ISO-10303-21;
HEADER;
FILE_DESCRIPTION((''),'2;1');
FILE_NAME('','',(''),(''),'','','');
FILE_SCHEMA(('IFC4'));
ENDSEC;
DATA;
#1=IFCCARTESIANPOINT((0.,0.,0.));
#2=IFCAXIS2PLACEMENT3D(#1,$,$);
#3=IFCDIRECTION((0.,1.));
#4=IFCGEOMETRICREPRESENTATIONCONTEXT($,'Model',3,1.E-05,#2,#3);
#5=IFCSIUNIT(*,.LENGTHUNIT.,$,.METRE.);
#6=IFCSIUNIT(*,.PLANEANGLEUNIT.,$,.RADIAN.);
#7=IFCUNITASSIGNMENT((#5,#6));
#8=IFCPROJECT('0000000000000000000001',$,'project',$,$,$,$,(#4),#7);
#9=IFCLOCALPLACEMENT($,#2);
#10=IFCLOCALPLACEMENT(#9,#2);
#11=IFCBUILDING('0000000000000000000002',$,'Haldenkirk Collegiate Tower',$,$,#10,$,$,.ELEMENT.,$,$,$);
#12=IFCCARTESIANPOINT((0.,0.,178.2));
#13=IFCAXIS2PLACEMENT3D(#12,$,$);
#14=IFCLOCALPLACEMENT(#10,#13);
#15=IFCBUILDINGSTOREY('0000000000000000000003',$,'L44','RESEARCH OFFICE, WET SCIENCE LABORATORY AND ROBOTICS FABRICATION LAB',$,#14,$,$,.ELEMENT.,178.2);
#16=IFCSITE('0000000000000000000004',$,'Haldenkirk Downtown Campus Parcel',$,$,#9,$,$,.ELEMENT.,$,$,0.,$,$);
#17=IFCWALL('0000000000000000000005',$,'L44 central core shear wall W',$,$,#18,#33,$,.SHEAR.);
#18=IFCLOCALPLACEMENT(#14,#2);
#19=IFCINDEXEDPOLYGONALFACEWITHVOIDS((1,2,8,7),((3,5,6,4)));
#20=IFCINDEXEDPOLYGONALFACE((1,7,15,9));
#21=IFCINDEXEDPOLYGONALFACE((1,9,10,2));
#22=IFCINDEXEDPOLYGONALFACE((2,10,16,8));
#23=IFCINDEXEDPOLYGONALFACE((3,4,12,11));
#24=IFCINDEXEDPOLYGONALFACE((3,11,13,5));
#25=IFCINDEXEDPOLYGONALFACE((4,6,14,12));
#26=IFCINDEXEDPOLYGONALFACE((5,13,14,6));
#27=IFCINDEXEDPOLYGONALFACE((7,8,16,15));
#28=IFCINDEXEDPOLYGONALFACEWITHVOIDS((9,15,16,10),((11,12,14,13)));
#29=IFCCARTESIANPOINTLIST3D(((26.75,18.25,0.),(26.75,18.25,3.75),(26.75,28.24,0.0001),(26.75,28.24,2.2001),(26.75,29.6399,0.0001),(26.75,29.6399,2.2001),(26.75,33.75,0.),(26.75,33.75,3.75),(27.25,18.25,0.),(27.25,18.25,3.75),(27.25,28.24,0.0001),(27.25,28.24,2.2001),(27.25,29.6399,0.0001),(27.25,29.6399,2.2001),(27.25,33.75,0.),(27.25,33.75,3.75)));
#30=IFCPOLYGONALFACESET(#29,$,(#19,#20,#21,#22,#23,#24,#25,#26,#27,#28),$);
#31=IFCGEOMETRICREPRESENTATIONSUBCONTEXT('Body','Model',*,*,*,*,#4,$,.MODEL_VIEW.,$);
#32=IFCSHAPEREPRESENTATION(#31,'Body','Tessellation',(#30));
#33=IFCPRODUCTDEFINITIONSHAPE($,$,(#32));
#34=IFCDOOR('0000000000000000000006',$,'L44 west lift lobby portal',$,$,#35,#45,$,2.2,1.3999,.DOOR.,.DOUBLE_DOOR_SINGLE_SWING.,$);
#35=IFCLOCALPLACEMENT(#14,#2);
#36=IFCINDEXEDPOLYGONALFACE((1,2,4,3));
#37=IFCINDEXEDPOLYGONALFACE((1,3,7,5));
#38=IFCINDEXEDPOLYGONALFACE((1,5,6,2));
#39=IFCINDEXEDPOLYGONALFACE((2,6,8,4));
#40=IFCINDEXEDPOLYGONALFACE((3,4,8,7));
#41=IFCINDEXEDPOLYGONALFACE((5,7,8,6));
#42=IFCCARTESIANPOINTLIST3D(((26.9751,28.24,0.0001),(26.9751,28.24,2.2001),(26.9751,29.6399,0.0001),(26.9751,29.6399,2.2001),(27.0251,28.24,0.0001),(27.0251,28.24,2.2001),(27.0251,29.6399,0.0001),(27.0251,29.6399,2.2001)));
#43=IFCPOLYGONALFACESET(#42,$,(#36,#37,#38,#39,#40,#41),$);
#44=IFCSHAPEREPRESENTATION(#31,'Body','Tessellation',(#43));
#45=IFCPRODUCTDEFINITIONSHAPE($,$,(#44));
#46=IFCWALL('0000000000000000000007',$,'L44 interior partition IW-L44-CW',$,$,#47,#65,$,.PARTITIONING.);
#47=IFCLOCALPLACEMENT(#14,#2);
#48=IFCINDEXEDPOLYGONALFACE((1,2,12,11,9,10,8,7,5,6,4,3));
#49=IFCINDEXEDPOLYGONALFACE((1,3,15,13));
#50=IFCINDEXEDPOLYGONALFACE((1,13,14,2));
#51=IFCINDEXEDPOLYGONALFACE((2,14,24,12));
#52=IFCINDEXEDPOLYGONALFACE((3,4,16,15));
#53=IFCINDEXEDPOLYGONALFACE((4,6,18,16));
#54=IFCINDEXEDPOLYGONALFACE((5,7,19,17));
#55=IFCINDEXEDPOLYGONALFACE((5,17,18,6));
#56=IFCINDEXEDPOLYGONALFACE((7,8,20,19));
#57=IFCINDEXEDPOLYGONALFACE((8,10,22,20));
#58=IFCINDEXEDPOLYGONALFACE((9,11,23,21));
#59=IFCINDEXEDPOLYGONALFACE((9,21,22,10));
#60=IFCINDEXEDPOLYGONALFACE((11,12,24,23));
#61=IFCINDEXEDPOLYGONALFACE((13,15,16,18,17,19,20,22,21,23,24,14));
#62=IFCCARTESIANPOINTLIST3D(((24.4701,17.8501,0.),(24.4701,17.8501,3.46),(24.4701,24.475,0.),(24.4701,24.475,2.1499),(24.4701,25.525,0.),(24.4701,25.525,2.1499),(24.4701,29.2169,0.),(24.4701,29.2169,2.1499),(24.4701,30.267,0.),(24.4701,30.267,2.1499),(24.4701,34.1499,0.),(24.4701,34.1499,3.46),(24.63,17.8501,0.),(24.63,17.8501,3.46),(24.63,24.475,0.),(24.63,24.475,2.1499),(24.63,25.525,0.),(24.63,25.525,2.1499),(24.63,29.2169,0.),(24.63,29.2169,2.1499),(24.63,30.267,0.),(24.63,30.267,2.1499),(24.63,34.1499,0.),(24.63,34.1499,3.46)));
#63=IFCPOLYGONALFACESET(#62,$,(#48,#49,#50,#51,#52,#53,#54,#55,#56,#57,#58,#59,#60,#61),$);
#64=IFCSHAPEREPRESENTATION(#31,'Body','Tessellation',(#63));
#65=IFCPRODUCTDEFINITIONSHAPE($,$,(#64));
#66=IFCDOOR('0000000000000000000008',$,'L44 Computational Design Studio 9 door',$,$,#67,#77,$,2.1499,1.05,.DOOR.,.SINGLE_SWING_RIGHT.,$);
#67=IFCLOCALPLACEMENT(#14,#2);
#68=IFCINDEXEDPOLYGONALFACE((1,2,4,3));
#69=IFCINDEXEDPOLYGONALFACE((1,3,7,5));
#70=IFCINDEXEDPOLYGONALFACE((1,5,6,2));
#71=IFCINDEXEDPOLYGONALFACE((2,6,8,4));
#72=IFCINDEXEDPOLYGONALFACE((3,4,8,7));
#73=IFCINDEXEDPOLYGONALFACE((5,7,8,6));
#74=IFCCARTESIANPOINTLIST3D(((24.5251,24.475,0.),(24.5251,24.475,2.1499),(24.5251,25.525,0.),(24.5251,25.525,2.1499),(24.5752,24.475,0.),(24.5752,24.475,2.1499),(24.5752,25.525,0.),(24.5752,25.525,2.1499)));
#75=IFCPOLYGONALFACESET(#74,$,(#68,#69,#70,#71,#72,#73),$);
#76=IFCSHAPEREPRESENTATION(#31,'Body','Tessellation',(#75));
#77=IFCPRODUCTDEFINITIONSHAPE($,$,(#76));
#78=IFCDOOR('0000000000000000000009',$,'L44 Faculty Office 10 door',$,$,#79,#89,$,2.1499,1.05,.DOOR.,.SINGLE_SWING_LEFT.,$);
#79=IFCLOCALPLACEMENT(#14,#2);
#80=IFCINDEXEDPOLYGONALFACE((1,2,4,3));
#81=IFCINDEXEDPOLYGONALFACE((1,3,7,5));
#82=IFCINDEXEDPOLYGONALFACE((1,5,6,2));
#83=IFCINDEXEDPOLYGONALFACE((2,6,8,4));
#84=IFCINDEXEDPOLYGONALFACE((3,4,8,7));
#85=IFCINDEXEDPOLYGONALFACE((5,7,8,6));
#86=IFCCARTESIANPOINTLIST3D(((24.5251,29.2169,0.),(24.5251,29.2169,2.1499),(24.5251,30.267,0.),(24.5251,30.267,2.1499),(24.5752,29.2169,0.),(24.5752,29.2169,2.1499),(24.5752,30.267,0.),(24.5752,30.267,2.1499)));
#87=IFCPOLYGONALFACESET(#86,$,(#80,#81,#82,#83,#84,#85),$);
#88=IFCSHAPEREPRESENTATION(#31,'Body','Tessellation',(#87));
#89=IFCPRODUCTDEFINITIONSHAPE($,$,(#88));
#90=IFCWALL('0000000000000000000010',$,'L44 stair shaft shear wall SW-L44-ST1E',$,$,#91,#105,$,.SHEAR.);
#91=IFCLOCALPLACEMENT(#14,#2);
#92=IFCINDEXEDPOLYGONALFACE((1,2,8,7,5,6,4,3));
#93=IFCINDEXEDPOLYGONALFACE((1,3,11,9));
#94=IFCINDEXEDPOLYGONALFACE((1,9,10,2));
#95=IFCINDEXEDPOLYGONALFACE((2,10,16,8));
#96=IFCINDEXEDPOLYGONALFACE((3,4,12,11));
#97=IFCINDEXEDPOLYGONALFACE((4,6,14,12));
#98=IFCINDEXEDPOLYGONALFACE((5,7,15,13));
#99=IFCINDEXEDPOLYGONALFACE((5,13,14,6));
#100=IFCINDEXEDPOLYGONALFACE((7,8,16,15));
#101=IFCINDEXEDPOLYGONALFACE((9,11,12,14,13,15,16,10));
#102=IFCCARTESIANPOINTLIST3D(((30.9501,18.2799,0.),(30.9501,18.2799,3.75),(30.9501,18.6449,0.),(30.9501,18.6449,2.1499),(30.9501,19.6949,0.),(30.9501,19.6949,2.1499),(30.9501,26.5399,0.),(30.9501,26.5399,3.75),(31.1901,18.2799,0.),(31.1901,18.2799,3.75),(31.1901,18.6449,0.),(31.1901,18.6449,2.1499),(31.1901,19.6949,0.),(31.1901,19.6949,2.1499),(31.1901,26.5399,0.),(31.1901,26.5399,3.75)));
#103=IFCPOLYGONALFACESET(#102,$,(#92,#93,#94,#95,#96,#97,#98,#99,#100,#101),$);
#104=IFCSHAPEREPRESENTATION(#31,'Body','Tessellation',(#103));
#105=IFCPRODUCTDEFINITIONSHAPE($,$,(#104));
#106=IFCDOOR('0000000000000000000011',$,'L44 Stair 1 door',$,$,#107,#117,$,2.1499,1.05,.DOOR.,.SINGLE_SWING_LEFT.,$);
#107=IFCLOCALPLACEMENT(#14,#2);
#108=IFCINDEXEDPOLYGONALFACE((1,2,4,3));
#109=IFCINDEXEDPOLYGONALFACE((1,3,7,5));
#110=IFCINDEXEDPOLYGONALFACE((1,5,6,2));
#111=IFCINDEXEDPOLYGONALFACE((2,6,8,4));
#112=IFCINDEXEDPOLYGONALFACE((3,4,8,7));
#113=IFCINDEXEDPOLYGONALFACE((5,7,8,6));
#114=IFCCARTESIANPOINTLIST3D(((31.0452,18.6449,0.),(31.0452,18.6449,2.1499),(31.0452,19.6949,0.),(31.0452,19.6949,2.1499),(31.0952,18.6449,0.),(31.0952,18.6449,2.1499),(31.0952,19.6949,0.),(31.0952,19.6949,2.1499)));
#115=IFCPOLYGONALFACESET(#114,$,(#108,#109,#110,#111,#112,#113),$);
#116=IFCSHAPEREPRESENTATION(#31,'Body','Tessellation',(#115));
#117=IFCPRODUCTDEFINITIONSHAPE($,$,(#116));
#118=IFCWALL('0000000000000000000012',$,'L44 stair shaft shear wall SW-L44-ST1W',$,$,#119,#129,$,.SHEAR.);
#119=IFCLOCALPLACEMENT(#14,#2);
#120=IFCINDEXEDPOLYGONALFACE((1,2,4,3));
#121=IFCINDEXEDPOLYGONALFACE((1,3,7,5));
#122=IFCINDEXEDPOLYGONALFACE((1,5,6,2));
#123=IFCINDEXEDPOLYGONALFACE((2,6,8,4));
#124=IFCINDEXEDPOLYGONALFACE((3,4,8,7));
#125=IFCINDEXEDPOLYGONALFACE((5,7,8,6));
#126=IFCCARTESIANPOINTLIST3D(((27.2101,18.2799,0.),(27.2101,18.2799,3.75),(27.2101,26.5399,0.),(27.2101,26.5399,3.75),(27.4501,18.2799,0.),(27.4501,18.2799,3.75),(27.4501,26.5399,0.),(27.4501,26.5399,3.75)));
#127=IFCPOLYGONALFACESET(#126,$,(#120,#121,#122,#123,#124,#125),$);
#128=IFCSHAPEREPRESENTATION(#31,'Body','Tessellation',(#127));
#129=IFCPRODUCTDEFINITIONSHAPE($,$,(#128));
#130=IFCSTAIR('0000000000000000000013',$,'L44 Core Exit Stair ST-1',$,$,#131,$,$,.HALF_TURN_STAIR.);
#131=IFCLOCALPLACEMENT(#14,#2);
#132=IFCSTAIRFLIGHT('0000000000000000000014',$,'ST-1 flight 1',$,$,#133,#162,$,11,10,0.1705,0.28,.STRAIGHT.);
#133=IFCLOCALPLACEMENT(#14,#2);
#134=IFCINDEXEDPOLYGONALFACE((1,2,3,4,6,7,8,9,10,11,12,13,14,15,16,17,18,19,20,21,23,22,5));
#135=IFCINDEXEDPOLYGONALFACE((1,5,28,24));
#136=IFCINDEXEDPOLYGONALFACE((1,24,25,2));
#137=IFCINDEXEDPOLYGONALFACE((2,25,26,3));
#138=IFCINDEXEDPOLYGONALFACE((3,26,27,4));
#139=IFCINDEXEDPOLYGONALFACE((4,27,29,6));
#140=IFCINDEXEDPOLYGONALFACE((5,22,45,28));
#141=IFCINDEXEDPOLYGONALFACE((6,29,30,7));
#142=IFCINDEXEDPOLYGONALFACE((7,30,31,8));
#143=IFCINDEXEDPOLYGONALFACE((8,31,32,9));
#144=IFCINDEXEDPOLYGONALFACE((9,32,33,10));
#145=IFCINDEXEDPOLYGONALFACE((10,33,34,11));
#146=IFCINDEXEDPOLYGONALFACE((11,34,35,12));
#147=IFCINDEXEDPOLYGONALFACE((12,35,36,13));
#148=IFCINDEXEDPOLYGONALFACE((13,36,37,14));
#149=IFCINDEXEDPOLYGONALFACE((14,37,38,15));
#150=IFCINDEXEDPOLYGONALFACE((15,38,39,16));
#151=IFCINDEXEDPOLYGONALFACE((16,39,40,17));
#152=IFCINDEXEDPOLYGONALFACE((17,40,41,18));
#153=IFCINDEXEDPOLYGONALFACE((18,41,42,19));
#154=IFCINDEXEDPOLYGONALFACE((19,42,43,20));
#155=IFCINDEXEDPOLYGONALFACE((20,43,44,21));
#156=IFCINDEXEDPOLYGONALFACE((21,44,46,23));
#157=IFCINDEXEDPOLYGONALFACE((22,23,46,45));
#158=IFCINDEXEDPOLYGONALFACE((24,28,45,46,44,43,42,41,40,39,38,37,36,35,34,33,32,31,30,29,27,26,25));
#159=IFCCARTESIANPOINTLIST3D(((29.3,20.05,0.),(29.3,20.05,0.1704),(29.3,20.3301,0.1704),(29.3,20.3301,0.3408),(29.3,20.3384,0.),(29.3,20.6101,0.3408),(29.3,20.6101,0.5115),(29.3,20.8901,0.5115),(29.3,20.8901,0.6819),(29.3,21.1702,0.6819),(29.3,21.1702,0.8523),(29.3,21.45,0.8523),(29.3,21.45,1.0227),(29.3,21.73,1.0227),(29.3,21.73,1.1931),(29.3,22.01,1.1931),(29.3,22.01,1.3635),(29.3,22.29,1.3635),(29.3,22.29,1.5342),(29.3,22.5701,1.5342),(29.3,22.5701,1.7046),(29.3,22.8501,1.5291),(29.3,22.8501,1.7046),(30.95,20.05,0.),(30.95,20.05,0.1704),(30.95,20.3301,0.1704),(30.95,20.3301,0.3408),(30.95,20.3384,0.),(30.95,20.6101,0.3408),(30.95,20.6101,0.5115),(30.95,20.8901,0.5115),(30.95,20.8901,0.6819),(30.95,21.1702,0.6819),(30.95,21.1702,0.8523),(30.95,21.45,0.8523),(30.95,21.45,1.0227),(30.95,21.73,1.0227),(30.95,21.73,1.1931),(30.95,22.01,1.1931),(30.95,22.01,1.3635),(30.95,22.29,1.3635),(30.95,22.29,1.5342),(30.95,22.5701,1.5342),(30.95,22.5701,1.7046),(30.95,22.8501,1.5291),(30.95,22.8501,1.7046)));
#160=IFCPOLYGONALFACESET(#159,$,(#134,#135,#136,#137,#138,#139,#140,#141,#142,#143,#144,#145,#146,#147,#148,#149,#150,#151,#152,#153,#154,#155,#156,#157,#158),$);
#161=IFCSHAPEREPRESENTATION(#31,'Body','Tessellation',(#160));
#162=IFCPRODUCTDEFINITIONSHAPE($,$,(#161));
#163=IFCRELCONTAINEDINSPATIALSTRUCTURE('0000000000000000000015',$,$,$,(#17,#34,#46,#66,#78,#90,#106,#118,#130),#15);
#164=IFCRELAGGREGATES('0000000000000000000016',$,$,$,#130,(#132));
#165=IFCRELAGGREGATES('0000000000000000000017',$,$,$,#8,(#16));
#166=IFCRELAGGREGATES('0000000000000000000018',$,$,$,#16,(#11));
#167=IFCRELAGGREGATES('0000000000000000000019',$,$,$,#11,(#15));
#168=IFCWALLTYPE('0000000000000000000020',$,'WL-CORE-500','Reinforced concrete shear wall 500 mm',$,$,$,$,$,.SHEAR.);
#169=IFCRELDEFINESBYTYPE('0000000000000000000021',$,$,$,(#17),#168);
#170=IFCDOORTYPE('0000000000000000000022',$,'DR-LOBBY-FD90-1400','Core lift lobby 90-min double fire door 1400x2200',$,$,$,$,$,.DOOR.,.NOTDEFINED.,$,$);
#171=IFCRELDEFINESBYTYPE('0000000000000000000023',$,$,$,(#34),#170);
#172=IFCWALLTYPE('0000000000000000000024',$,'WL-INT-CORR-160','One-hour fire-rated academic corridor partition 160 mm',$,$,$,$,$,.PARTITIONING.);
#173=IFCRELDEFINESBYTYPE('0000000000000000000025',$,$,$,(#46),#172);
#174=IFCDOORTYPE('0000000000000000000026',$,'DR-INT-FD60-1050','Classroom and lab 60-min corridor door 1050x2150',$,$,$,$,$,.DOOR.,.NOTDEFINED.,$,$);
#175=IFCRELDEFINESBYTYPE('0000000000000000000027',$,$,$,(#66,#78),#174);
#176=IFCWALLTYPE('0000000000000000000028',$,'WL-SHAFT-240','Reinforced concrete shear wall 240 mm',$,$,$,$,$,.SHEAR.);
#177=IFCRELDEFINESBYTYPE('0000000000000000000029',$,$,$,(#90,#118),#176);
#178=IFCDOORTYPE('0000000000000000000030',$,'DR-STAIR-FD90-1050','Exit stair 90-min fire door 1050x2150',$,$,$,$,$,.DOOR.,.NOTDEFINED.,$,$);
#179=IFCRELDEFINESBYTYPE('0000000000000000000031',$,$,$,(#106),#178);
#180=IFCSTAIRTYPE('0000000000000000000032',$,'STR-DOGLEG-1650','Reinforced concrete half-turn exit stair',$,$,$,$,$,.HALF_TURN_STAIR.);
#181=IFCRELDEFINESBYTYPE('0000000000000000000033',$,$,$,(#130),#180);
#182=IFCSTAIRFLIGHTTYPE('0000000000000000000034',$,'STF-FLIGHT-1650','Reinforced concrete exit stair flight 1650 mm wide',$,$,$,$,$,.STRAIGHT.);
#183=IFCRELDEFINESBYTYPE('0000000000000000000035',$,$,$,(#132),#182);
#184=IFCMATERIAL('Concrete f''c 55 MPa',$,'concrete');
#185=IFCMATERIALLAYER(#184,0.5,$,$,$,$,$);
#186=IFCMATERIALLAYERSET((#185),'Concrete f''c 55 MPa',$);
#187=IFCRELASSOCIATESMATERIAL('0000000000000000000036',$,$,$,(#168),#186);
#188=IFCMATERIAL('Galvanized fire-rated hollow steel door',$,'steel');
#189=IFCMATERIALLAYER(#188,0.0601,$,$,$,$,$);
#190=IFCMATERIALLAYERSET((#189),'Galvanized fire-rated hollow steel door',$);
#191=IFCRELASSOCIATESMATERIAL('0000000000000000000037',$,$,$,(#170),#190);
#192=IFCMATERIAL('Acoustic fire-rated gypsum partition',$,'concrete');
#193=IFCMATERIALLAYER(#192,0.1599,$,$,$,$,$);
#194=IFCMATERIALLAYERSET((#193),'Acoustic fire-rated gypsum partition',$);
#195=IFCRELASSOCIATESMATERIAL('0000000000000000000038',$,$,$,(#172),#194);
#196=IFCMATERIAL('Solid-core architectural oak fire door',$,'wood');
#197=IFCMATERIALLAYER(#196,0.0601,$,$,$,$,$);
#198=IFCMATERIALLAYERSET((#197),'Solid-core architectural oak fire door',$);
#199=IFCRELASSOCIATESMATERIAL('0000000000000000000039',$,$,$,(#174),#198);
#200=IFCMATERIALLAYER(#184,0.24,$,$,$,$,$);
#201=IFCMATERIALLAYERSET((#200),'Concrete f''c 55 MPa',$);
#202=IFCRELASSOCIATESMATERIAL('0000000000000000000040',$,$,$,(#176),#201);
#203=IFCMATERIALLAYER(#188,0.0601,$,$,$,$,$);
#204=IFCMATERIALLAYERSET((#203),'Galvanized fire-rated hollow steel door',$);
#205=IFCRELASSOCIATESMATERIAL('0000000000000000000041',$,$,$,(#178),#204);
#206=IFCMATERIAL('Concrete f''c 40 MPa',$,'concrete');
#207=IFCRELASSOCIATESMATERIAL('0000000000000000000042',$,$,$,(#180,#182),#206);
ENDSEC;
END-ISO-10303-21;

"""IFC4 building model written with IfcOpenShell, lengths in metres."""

from ifc_helpers import new_model, si_unit, direction, frame, frame_2d, origin, place, context, subcontext, project, spatial, polyline, rectangle, outline, extrude, material, layer, layer_set, type_object, element, fill, aggregate, save


model = new_model("IFC4")

# Units and contexts
model_context = context("Model", 3, precision=1e-05, world=origin(), true_north=direction((0.0, 1.0)))
body_context = subcontext(model_context, "Body", "Model", "MODEL_VIEW")
ifc_project = project(units=[si_unit("LENGTHUNIT", "METRE"), si_unit("PLANEANGLEUNIT", "RADIAN")], contexts=[model_context])

# Site, building, storey
site_placement = place(None, origin())
site = spatial("IfcSite", under=ifc_project, at=site_placement, Name="Haldenkirk Downtown Campus Parcel", CompositionType="ELEMENT", RefElevation=0.0)
building_placement = place(site_placement, origin())
building = spatial("IfcBuilding", under=site, at=building_placement, Name="Haldenkirk Collegiate Tower", CompositionType="ELEMENT")
storey_placement = place(building_placement, frame((0.0, 0.0, 178.2)))
storey = spatial("IfcBuildingStorey", under=building, at=storey_placement, Name="L44", Description="RESEARCH OFFICE, WET SCIENCE LABORATORY AND ROBOTICS FABRICATION LAB", CompositionType="ELEMENT", Elevation=178.2)

# Shared definitions
ifc_material_1 = material(Name="Concrete f'c 55 MPa", Category="concrete")
ifc_layer_1 = layer(ifc_material_1, 0.5)
ifc_layer_set_1 = layer_set([ifc_layer_1], Name="Concrete f'c 55 MPa")
wall_type_1 = type_object("IfcWallType", Name="WL-CORE-500", Description="Reinforced concrete shear wall 500 mm", PredefinedType="SHEAR", material=ifc_layer_set_1)
ifc_material_2 = material(Name="Galvanized fire-rated hollow steel door", Category="steel")

# Wall, opening, door
wall_1_placement = place(storey_placement, frame((27.0, 18.25, 0.0), z_axis=(0.0, 0.0, 1.0), x_axis=(0.0, 1.0, 0.0)))
wall_1 = element("IfcWall", 1, at=wall_1_placement, inside=storey, type_object=wall_type_1, Name="L44 central core shear wall W", PredefinedType="SHEAR", context=body_context, shape_type="SweptSolid", body=[
    extrude(rectangle(XDim=15.5, YDim=0.5, at=frame_2d((7.75, 0.0))), origin(), (0.0, 0.0, 1.0), 3.75),
])
opening_1_placement = place(wall_1_placement, frame((9.99, 0.0, 0.0)))
opening_1 = element("IfcOpeningElement", 2, at=opening_1_placement, cuts=wall_1, PredefinedType="OPENING", context=body_context, shape_type="SweptSolid", body=[
    extrude(rectangle(XDim=1.3999, YDim=2.2, at=frame_2d((0.7, 1.1001))), frame((0.0, 0.26, 0.0), z_axis=(0.0, -1.0, 0.0), x_axis=(1.0, 0.0, 0.0)), (0.0, 0.0, 1.0), 0.52),
])
ifc_layer_2 = layer(ifc_material_2, 0.0601)
ifc_layer_set_2 = layer_set([ifc_layer_2], Name="Galvanized fire-rated hollow steel door")
door_type_1 = type_object("IfcDoorType", Name="DR-LOBBY-FD90-1400", Description="Core lift lobby 90-min double fire door 1400x2200", OperationType="NOTDEFINED", PredefinedType="DOOR", material=ifc_layer_set_2)
door_1_placement = place(opening_1_placement, origin())
door_1 = element("IfcDoor", 3, at=door_1_placement, inside=storey, type_object=door_type_1, Name="L44 west lift lobby portal", OperationType="DOUBLE_DOOR_SINGLE_SWING", OverallHeight=2.2, OverallWidth=1.3999, PredefinedType="DOOR", context=body_context, shape_type="SweptSolid", body=[
    extrude(rectangle(XDim=1.3999, YDim=2.2, at=frame_2d((0.7, 1.1001))), frame((0.0, 0.0249, 0.0), z_axis=(0.0, -1.0, 0.0), x_axis=(1.0, 0.0, 0.0)), (0.0, 0.0, 1.0), 0.05),
])
fill(opening_1, door_1)

# Wall, openings, doors
ifc_material_3 = material(Name="Acoustic fire-rated gypsum partition", Category="concrete")
ifc_layer_3 = layer(ifc_material_3, 0.1599)
ifc_layer_set_3 = layer_set([ifc_layer_3], Name="Acoustic fire-rated gypsum partition")
wall_type_2 = type_object("IfcWallType", Name="WL-INT-CORR-160", Description="One-hour fire-rated academic corridor partition 160 mm", PredefinedType="PARTITIONING", material=ifc_layer_set_3)
wall_2_placement = place(storey_placement, frame((24.55, 17.8501, 0.0), z_axis=(0.0, 0.0, 1.0), x_axis=(0.0, 1.0, 0.0)))
wall_2 = element("IfcWall", 4, at=wall_2_placement, inside=storey, type_object=wall_type_2, Name="L44 interior partition IW-L44-CW", PredefinedType="PARTITIONING", context=body_context, shape_type="SweptSolid", body=[
    extrude(rectangle(XDim=16.2998, YDim=0.1599, at=frame_2d((8.1499, 0.0))), origin(), (0.0, 0.0, 1.0), 3.46),
])
opening_2_placement = place(wall_2_placement, frame((6.625, 0.0, 0.0)))
opening_2 = element("IfcOpeningElement", 5, at=opening_2_placement, cuts=wall_2, PredefinedType="OPENING", context=body_context, shape_type="SweptSolid", body=[
    extrude(rectangle(XDim=1.05, YDim=2.1499, at=frame_2d((0.5249, 1.075))), frame((0.0, 0.0898, 0.0), z_axis=(0.0, -1.0, 0.0), x_axis=(1.0, 0.0, 0.0)), (0.0, 0.0, 1.0), 0.1799),
])
opening_3_placement = place(wall_2_placement, frame((11.3669, 0.0, 0.0)))
opening_3 = element("IfcOpeningElement", 6, at=opening_3_placement, cuts=wall_2, PredefinedType="OPENING", context=body_context, shape_type="SweptSolid", body=[
    extrude(rectangle(XDim=1.05, YDim=2.1499, at=frame_2d((0.5249, 1.075))), frame((0.0, 0.0898, 0.0), z_axis=(0.0, -1.0, 0.0), x_axis=(1.0, 0.0, 0.0)), (0.0, 0.0, 1.0), 0.1799),
])
ifc_material_4 = material(Name="Solid-core architectural oak fire door", Category="wood")
ifc_layer_4 = layer(ifc_material_4, 0.0601)
ifc_layer_set_4 = layer_set([ifc_layer_4], Name="Solid-core architectural oak fire door")
door_type_2 = type_object("IfcDoorType", Name="DR-INT-FD60-1050", Description="Classroom and lab 60-min corridor door 1050x2150", OperationType="NOTDEFINED", PredefinedType="DOOR", material=ifc_layer_set_4)
door_2_placement = place(opening_2_placement, origin())
door_2 = element("IfcDoor", 7, at=door_2_placement, inside=storey, type_object=door_type_2, Name="L44 Computational Design Studio 9 door", OperationType="SINGLE_SWING_RIGHT", OverallHeight=2.1499, OverallWidth=1.05, PredefinedType="DOOR", context=body_context, shape_type="SweptSolid", body=[
    extrude(rectangle(XDim=1.05, YDim=2.1499, at=frame_2d((0.5249, 1.075))), frame((0.0, 0.0249, 0.0), z_axis=(0.0, -1.0, 0.0), x_axis=(1.0, 0.0, 0.0)), (0.0, 0.0, 1.0), 0.05),
])
fill(opening_2, door_2)
door_3_placement = place(opening_3_placement, origin())
door_3 = element("IfcDoor", 8, at=door_3_placement, inside=storey, type_object=door_type_2, Name="L44 Faculty Office 10 door", OperationType="SINGLE_SWING_LEFT", OverallHeight=2.1499, OverallWidth=1.05, PredefinedType="DOOR", context=body_context, shape_type="SweptSolid", body=[
    extrude(rectangle(XDim=1.05, YDim=2.1499, at=frame_2d((0.5249, 1.075))), frame((0.0, 0.0249, 0.0), z_axis=(0.0, -1.0, 0.0), x_axis=(1.0, 0.0, 0.0)), (0.0, 0.0, 1.0), 0.05),
])
fill(opening_3, door_3)

# Wall, opening, door
ifc_layer_5 = layer(ifc_material_1, 0.24)
ifc_layer_set_5 = layer_set([ifc_layer_5], Name="Concrete f'c 55 MPa")
wall_type_3 = type_object("IfcWallType", Name="WL-SHAFT-240", Description="Reinforced concrete shear wall 240 mm", PredefinedType="SHEAR", material=ifc_layer_set_5)
wall_3_placement = place(storey_placement, frame((31.0701, 18.28, 0.0), z_axis=(0.0, 0.0, 1.0), x_axis=(0.0, 1.0, 0.0)))
wall_3 = element("IfcWall", 9, at=wall_3_placement, inside=storey, type_object=wall_type_3, Name="L44 stair shaft shear wall SW-L44-ST1E", PredefinedType="SHEAR", context=body_context, shape_type="SweptSolid", body=[
    extrude(rectangle(XDim=8.26, YDim=0.24, at=frame_2d((4.1299, 0.0))), origin(), (0.0, 0.0, 1.0), 3.75),
])
opening_4_placement = place(wall_3_placement, frame((0.365, 0.0, 0.0)))
opening_4 = element("IfcOpeningElement", 10, at=opening_4_placement, cuts=wall_3, PredefinedType="OPENING", context=body_context, shape_type="SweptSolid", body=[
    extrude(rectangle(XDim=1.05, YDim=2.1499, at=frame_2d((0.5249, 1.075))), frame((0.0, 0.1299, 0.0), z_axis=(0.0, -1.0, 0.0), x_axis=(1.0, 0.0, 0.0)), (0.0, 0.0, 1.0), 0.26),
])
ifc_layer_6 = layer(ifc_material_2, 0.0601)
ifc_layer_set_6 = layer_set([ifc_layer_6], Name="Galvanized fire-rated hollow steel door")
door_type_3 = type_object("IfcDoorType", Name="DR-STAIR-FD90-1050", Description="Exit stair 90-min fire door 1050x2150", OperationType="NOTDEFINED", PredefinedType="DOOR", material=ifc_layer_set_6)
door_4_placement = place(opening_4_placement, origin())
door_4 = element("IfcDoor", 11, at=door_4_placement, inside=storey, type_object=door_type_3, Name="L44 Stair 1 door", OperationType="SINGLE_SWING_LEFT", OverallHeight=2.1499, OverallWidth=1.05, PredefinedType="DOOR", context=body_context, shape_type="SweptSolid", body=[
    extrude(rectangle(XDim=1.05, YDim=2.1499, at=frame_2d((0.5249, 1.075))), frame((0.0, 0.0249, 0.0), z_axis=(0.0, -1.0, 0.0), x_axis=(1.0, 0.0, 0.0)), (0.0, 0.0, 1.0), 0.05),
])
fill(opening_4, door_4)

# Wall
wall_4_placement = place(storey_placement, frame((27.3301, 18.28, 0.0), z_axis=(0.0, 0.0, 1.0), x_axis=(0.0, 1.0, 0.0)))
element("IfcWall", 12, at=wall_4_placement, inside=storey, type_object=wall_type_3, Name="L44 stair shaft shear wall SW-L44-ST1W", PredefinedType="SHEAR", context=body_context, shape_type="SweptSolid", body=[
    extrude(rectangle(XDim=8.26, YDim=0.24, at=frame_2d((4.1299, 0.0))), origin(), (0.0, 0.0, 1.0), 3.75),
])

# Stair, stair flight
ifc_material_5 = material(Name="Concrete f'c 40 MPa", Category="concrete")
stair_type = type_object("IfcStairType", Name="STR-DOGLEG-1650", Description="Reinforced concrete half-turn exit stair", PredefinedType="HALF_TURN_STAIR", material=ifc_material_5)
stair_placement = place(storey_placement, origin())
stair = element("IfcStair", 13, at=stair_placement, inside=storey, type_object=stair_type, Name="L44 Core Exit Stair ST-1", PredefinedType="HALF_TURN_STAIR")
stair_flight_type = type_object("IfcStairFlightType", Name="STF-FLIGHT-1650", Description="Reinforced concrete exit stair flight 1650 mm wide", PredefinedType="STRAIGHT", material=ifc_material_5)
stair_flight_placement = place(storey_placement, frame((30.125, 20.05, 0.0), z_axis=(0.0, 0.0, 1.0), x_axis=(0.0, 1.0, 0.0)))
stair_flight = element("IfcStairFlight", 14, at=stair_flight_placement, type_object=stair_flight_type, Name="ST-1 flight 1", NumberOfRisers=11, NumberOfTreads=10, PredefinedType="STRAIGHT", RiserHeight=0.1705, TreadLength=0.28, context=body_context, shape_type="SweptSolid", body=[
    extrude(outline(polyline([(0.0, 0.0), (0.0, 0.1704), (0.28, 0.1704), (0.28, 0.3408), (0.5601, 0.3408), (0.5601, 0.5115), (0.8401, 0.5115), (0.8401, 0.6819), (1.1201, 0.6819), (1.1201, 0.8523), (1.3999, 0.8523), (1.3999, 1.0227), (1.6799, 1.0227), (1.6799, 1.1931), (1.96, 1.1931), (1.96, 1.3635), (2.24, 1.3635), (2.24, 1.5342), (2.52, 1.5342), (2.52, 1.7046), (2.8, 1.7046), (2.8, 1.875), (2.8, 1.5291), (0.2883, 0.0), (0.0, 0.0)])), frame((0.0, 0.825, 0.0), z_axis=(0.0, -1.0, 0.0), x_axis=(1.0, 0.0, 0.0)), (0.0, 0.0, 1.0), 1.6499),
])
aggregate(stair, [stair_flight])

save(model, "model.ifc")
